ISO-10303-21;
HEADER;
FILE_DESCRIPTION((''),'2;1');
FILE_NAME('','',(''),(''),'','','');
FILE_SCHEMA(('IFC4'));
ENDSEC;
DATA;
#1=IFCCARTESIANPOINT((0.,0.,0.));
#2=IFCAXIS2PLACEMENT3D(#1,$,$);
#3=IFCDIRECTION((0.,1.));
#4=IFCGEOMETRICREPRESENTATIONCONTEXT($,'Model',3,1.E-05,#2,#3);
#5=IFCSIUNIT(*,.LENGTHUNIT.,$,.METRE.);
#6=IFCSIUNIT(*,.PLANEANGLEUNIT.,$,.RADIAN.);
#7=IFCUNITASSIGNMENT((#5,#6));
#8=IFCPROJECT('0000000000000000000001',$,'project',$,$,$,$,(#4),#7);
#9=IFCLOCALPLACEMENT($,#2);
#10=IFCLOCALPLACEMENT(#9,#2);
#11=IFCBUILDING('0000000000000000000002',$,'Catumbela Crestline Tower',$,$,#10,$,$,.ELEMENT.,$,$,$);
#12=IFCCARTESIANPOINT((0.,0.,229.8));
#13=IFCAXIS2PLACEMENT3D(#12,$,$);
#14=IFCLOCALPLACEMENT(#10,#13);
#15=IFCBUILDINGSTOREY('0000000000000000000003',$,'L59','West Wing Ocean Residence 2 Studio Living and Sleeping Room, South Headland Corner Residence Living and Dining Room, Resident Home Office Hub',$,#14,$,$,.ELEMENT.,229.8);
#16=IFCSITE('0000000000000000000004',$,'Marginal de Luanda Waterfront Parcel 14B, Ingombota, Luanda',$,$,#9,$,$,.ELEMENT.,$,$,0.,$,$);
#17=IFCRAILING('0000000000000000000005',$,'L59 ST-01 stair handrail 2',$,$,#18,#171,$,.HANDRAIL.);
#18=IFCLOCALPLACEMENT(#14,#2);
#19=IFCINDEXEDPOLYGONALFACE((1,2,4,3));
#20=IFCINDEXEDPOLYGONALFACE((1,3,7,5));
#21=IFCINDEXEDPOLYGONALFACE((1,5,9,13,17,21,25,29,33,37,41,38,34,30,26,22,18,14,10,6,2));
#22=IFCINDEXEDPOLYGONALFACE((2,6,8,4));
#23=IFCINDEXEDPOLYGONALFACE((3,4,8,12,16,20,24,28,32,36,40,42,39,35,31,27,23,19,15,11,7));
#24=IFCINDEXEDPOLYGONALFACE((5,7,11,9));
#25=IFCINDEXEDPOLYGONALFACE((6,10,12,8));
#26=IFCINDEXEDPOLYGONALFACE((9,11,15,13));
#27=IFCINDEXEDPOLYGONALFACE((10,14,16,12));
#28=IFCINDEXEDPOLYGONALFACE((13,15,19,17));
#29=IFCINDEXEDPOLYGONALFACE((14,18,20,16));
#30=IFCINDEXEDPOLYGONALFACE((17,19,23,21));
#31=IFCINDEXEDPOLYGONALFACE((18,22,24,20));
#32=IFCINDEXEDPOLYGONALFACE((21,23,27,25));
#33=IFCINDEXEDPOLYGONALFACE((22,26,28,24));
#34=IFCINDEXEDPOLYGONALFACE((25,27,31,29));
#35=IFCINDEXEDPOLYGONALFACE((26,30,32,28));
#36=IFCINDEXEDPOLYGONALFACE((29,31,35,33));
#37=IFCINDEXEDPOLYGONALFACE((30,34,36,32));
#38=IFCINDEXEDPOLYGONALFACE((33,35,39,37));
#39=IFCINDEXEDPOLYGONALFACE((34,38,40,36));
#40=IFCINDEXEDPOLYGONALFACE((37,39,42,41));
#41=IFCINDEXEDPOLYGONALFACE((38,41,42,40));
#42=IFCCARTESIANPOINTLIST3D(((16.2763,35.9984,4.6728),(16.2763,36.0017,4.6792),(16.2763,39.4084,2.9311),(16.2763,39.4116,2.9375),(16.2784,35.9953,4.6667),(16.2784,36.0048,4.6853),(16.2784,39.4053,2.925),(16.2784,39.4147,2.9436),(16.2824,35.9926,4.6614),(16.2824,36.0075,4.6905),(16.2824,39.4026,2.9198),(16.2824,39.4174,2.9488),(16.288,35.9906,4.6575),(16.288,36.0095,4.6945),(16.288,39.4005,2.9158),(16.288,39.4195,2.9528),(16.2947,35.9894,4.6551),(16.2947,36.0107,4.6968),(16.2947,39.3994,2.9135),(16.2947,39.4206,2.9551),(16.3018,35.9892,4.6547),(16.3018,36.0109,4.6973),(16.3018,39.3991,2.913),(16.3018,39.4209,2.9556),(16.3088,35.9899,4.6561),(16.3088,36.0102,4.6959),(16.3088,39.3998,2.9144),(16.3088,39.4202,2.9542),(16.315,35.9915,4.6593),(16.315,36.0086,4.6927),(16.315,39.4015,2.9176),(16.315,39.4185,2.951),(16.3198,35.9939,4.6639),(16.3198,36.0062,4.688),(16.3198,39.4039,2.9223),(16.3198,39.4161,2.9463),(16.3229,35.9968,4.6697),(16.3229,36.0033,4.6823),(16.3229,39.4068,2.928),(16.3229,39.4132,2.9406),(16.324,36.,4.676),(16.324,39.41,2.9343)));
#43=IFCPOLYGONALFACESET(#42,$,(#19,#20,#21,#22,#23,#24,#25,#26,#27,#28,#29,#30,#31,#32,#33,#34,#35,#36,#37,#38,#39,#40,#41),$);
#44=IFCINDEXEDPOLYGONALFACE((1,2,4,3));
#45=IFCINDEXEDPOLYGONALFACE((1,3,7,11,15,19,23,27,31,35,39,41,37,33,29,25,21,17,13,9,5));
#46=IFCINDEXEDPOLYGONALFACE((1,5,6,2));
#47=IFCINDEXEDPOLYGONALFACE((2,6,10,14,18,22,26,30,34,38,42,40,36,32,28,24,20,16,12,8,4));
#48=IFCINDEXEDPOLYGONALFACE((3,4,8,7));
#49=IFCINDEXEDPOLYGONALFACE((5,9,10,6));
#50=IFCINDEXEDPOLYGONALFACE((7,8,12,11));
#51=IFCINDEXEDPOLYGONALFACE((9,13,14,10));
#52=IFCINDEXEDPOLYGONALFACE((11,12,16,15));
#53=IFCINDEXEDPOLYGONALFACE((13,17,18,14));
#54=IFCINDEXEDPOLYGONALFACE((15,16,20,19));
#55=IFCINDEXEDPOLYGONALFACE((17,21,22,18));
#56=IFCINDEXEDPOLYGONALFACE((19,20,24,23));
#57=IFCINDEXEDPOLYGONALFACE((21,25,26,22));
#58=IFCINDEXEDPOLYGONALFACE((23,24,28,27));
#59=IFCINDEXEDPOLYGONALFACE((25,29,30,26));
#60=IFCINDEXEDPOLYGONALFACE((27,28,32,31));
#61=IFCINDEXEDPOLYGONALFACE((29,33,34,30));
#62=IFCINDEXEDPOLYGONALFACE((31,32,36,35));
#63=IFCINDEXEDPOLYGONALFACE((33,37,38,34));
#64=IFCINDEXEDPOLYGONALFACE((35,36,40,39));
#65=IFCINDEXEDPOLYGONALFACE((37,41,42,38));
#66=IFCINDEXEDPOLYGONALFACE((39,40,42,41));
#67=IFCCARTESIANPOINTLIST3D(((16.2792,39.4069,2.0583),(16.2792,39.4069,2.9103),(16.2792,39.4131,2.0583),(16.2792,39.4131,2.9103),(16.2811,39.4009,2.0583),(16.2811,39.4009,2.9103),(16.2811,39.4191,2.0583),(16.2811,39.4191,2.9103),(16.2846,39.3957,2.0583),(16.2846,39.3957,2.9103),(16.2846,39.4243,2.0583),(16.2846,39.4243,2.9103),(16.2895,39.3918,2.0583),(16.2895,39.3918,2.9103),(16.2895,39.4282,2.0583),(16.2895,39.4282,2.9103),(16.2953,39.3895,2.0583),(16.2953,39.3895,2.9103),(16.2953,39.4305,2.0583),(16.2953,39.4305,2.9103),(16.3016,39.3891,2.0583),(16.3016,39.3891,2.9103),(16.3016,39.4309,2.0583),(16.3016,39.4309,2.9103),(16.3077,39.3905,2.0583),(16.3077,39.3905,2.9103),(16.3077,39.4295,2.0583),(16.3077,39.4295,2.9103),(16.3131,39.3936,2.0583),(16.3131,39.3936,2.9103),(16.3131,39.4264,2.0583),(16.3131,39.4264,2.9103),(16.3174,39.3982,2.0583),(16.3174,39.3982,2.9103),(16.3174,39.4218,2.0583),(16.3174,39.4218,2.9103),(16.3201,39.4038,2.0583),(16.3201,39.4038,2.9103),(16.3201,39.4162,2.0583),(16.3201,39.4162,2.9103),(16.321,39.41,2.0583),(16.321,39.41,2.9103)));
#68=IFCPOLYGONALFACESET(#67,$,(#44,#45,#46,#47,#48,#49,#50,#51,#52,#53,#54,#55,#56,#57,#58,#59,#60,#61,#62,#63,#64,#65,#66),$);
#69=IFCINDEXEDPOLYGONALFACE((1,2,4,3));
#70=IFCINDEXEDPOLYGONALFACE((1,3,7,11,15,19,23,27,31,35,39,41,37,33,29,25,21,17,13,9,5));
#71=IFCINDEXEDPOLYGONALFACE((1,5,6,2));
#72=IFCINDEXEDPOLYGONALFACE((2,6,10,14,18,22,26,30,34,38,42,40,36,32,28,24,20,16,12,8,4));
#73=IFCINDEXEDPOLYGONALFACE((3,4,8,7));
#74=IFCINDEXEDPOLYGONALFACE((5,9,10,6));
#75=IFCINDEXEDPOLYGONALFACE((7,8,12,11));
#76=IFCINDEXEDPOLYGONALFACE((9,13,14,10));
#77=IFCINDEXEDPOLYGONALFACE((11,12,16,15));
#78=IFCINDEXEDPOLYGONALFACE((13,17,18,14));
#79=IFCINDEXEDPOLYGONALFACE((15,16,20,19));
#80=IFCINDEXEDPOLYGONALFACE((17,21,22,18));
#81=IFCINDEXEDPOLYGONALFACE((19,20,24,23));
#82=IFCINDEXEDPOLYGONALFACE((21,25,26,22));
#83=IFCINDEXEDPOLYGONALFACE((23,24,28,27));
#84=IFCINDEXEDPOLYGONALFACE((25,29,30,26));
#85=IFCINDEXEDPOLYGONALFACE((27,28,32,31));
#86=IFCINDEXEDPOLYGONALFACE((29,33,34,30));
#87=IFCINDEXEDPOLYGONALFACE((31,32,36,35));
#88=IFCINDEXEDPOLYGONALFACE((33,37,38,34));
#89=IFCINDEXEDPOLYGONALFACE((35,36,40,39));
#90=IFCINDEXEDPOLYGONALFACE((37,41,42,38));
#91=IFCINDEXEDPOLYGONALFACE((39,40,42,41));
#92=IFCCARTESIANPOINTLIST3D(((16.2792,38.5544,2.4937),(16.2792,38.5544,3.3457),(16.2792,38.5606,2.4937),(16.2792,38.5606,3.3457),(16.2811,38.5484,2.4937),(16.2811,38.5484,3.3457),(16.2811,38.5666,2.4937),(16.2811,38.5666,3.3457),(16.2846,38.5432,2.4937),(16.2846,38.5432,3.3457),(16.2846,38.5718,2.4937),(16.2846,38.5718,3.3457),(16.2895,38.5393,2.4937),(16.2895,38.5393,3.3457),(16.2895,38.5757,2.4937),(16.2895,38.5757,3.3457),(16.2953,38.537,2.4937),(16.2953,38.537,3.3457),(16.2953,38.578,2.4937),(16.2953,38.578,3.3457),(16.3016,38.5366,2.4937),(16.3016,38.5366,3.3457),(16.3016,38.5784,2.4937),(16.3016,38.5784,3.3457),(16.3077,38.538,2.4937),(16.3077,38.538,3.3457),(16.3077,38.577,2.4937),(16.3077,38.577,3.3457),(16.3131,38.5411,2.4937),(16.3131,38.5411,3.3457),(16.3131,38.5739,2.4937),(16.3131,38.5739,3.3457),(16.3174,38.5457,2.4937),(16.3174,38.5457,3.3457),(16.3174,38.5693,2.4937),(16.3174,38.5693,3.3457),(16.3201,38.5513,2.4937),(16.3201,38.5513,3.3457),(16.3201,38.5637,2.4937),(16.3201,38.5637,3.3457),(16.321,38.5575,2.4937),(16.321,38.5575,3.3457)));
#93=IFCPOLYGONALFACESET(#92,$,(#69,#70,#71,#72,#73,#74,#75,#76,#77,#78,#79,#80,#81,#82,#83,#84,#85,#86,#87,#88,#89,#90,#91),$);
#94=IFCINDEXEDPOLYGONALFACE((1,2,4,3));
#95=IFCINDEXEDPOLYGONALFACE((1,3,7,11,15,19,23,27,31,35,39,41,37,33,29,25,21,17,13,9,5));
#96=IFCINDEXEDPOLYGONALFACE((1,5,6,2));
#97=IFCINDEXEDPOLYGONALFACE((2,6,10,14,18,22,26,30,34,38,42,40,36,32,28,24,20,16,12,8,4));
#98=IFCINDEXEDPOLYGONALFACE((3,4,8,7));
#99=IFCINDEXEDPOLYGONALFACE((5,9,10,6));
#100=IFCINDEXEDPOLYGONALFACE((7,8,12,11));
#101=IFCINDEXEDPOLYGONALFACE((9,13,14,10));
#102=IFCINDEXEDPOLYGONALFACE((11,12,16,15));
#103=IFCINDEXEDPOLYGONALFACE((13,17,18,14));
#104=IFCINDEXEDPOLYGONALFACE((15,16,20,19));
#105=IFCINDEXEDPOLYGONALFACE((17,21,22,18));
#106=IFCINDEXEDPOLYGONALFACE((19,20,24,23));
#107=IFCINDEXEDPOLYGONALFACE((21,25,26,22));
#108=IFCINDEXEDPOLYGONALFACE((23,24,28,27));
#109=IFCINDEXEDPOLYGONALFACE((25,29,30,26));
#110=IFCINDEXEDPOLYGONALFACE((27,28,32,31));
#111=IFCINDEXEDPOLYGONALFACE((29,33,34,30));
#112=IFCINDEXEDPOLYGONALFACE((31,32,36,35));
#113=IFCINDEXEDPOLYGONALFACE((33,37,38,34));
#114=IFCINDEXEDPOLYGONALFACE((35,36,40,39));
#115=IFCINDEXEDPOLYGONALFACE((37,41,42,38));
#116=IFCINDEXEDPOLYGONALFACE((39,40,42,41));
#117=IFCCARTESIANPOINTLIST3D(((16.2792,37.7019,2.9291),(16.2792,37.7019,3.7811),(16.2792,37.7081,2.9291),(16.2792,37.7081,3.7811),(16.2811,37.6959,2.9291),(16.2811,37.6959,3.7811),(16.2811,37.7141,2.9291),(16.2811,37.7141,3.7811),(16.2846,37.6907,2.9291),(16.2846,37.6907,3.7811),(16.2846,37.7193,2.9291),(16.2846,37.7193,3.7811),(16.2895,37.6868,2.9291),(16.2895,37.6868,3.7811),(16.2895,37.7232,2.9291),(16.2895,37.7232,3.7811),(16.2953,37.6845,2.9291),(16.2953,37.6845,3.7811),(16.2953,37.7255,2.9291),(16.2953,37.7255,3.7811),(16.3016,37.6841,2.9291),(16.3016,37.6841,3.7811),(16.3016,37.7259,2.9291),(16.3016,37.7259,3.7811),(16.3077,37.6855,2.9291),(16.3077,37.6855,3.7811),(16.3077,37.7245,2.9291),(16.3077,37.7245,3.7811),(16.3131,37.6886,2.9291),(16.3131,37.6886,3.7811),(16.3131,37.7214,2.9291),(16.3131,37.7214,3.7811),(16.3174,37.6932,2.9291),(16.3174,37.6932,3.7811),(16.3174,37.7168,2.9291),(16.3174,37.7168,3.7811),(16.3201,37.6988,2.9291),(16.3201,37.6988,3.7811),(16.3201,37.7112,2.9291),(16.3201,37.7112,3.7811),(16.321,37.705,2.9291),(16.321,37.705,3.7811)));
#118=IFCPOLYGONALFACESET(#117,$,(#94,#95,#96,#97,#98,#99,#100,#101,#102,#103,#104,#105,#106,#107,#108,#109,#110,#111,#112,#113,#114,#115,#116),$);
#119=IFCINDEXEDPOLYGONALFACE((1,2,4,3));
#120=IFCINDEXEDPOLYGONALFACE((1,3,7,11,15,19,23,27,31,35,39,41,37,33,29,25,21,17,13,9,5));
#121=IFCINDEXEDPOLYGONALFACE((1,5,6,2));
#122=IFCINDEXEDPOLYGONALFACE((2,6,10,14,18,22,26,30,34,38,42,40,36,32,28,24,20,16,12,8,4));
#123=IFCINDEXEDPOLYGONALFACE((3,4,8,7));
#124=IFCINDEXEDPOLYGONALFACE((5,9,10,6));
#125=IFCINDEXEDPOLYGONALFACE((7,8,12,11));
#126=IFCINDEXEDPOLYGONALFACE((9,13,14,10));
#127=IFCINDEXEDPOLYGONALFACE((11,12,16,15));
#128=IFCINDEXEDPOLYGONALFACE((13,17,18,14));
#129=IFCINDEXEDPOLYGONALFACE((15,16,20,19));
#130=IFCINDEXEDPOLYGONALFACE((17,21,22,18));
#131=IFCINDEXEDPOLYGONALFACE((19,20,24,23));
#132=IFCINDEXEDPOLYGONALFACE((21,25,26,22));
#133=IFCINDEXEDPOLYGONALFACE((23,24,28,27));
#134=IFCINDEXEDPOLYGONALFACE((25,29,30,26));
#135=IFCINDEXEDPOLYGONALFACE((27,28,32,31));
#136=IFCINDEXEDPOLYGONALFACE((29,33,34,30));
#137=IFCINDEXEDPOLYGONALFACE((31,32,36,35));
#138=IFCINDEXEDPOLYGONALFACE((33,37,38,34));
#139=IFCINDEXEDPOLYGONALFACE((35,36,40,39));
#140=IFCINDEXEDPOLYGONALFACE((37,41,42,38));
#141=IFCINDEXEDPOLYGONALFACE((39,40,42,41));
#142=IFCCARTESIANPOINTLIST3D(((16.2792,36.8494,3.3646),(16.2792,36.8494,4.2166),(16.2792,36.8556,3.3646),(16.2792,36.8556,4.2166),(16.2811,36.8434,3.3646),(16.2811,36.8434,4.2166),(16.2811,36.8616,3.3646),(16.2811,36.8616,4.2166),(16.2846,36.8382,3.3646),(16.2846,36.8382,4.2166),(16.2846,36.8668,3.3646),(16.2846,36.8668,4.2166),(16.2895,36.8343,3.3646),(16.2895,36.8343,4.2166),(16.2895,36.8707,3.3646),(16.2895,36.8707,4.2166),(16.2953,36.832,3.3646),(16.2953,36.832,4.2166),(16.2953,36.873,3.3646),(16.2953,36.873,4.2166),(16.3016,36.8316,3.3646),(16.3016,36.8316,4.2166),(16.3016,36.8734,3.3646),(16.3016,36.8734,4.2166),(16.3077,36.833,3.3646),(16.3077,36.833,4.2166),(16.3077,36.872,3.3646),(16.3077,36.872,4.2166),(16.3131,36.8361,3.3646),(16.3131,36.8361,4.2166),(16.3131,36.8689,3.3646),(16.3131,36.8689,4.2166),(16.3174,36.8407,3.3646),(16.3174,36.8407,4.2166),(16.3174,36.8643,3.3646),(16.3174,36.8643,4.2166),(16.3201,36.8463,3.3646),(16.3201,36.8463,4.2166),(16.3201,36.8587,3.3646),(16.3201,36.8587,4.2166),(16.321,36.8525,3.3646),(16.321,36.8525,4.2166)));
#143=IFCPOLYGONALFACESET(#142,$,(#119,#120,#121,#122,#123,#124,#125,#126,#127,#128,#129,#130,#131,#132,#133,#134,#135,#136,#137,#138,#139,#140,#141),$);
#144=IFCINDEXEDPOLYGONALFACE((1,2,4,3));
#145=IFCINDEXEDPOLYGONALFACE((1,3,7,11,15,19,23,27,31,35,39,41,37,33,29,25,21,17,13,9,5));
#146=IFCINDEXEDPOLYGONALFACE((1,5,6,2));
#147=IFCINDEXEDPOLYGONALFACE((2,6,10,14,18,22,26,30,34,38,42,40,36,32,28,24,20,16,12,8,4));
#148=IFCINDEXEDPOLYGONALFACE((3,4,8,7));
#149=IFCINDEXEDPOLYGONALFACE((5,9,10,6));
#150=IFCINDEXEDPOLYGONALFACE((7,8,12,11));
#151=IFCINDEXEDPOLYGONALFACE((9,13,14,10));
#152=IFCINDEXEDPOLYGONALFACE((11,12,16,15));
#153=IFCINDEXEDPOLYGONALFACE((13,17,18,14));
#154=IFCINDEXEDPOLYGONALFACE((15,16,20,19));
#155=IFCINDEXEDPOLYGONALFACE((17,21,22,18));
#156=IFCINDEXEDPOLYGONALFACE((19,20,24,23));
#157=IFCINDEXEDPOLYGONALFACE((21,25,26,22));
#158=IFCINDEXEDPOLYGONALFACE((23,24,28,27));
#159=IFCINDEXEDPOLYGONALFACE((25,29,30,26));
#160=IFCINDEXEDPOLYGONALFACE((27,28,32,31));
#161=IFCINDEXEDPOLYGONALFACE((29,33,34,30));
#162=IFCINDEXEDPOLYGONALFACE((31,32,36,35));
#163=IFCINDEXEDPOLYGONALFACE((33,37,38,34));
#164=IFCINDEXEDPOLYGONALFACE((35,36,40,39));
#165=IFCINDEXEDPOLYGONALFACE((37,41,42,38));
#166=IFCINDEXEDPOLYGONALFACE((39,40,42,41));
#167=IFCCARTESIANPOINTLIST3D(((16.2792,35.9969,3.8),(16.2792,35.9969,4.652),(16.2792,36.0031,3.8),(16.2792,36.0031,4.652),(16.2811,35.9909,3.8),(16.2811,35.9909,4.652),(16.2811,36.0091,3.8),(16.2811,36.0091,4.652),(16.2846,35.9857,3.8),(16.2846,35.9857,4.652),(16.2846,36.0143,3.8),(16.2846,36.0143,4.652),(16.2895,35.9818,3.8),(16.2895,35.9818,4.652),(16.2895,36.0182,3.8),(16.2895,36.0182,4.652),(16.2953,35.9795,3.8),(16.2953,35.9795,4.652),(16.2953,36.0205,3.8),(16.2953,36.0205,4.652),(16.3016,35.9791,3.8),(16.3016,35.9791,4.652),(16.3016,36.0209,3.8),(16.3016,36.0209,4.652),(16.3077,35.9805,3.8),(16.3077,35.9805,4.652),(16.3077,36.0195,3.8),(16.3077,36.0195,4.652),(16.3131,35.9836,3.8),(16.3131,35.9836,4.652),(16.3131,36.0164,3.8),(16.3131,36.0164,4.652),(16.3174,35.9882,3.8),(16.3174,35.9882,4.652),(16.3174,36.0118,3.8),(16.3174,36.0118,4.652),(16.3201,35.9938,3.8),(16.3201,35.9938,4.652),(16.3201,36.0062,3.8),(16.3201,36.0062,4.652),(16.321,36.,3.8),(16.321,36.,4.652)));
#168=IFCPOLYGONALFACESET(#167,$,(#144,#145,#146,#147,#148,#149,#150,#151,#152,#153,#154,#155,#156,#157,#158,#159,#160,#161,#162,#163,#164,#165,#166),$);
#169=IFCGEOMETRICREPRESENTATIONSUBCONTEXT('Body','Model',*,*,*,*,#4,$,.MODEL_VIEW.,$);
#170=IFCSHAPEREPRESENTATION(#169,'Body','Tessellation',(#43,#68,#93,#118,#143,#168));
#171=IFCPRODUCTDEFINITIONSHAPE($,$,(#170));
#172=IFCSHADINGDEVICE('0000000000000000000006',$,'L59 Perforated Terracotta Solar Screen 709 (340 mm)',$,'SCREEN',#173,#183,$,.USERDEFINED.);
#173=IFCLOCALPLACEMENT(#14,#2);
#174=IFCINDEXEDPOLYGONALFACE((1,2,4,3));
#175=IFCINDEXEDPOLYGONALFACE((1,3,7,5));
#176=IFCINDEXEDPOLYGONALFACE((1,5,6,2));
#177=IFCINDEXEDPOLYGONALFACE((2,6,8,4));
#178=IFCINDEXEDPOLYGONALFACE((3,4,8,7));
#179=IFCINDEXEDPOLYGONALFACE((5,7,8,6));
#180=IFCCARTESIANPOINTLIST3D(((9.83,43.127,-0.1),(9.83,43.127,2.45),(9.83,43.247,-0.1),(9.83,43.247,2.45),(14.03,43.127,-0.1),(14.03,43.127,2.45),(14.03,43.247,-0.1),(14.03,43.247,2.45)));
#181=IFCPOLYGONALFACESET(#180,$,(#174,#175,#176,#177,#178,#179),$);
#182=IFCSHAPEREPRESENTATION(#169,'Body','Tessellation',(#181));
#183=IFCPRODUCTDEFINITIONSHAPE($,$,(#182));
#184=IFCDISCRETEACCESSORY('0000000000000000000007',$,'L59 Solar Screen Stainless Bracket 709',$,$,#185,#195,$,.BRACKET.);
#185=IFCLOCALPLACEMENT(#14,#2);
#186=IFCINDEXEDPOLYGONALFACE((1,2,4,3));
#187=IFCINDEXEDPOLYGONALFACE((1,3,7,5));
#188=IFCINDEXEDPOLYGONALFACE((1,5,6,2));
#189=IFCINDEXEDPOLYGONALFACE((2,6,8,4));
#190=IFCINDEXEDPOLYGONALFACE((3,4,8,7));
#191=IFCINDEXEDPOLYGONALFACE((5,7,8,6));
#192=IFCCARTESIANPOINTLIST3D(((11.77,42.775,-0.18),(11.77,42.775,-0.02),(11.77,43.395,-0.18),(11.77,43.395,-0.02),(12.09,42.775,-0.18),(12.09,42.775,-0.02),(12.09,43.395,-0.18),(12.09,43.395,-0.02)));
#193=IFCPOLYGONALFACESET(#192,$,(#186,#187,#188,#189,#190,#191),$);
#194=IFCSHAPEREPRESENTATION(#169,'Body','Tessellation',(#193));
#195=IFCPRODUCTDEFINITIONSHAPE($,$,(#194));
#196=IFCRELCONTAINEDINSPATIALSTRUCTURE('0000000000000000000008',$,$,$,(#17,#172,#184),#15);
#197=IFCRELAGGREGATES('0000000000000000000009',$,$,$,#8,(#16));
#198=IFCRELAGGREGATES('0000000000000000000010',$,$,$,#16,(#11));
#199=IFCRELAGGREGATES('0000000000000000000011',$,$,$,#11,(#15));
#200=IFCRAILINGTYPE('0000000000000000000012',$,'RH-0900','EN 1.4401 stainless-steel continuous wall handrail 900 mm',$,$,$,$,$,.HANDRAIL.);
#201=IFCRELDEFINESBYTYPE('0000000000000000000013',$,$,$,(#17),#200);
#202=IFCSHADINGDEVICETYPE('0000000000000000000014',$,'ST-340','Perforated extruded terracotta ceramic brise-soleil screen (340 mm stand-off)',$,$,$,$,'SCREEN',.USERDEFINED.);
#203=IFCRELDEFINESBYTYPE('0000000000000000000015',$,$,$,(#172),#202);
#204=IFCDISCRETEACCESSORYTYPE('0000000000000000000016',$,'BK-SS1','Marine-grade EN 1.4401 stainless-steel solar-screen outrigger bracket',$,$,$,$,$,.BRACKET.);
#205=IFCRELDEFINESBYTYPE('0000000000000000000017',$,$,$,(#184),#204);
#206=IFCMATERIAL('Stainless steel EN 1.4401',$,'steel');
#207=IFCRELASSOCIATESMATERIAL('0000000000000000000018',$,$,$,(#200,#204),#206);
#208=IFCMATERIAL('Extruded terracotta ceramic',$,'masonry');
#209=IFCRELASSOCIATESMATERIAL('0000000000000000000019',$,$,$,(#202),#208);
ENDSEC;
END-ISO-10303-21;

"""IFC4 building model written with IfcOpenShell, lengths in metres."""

from ifc_helpers import new_model, si_unit, direction, frame, origin, origin_2d, place, context, subcontext, project, spatial, rectangle, circle, extrude, material, type_object, element, save


model = new_model("IFC4")

# Units and contexts
model_context = context("Model", 3, precision=1e-05, world=origin(), true_north=direction((0.0, 1.0)))
body_context = subcontext(model_context, "Body", "Model", "MODEL_VIEW")
ifc_project = project(units=[si_unit("LENGTHUNIT", "METRE"), si_unit("PLANEANGLEUNIT", "RADIAN")], contexts=[model_context])

# Site, building, storey
site_placement = place(None, origin())
site = spatial("IfcSite", under=ifc_project, at=site_placement, Name="Marginal de Luanda Waterfront Parcel 14B, Ingombota, Luanda", CompositionType="ELEMENT", RefElevation=0.0)
building_placement = place(site_placement, origin())
building = spatial("IfcBuilding", under=site, at=building_placement, Name="Catumbela Crestline Tower", CompositionType="ELEMENT")
storey_placement = place(building_placement, frame((0.0, 0.0, 229.8)))
storey = spatial("IfcBuildingStorey", under=building, at=storey_placement, Name="L59", Description="West Wing Ocean Residence 2 Studio Living and Sleeping Room, South Headland Corner Residence Living and Dining Room, Resident Home Office Hub", CompositionType="ELEMENT", Elevation=229.8)

# Shared definitions
ifc_material_1 = material(Name="Stainless steel EN 1.4401", Category="steel")

# Railing
railing_type_1 = type_object("IfcRailingType", Name="RH-0900", Description="EN 1.4401 stainless-steel continuous wall handrail 900 mm", PredefinedType="HANDRAIL", material=ifc_material_1)
railing_1_placement = place(storey_placement, frame((16.3, 39.41, 2.0583)))
element("IfcRailing", 1, at=railing_1_placement, inside=storey, type_object=railing_type_1, Name="L59 ST-01 stair handrail 2", PredefinedType="HANDRAIL", context=body_context, shape_type="SweptSolid", body=[
    extrude(circle(Radius=0.024, at=origin_2d()), frame((0.0, 0.0, 0.876), z_axis=(0.0, -0.89056, 0.454865), x_axis=(1.0, 0.0, 0.0)), (0.0, 0.0, 1.0), 3.829),
    extrude(circle(Radius=0.021, at=origin_2d()), origin(), (0.0, 0.0, 1.0), 0.852),
    extrude(circle(Radius=0.021, at=origin_2d()), frame((0.0, -0.8525, 0.4354)), (0.0, 0.0, 1.0), 0.852),
    extrude(circle(Radius=0.021, at=origin_2d()), frame((0.0, -1.705, 0.8708)), (0.0, 0.0, 1.0), 0.852),
    extrude(circle(Radius=0.021, at=origin_2d()), frame((0.0, -2.5575, 1.3063)), (0.0, 0.0, 1.0), 0.852),
    extrude(circle(Radius=0.021, at=origin_2d()), frame((0.0, -3.41, 1.7417)), (0.0, 0.0, 1.0), 0.852),
])

# Shading device
ifc_material_2 = material(Name="Extruded terracotta ceramic", Category="masonry")
shading_device_type = type_object("IfcShadingDeviceType", Name="ST-340", Description="Perforated extruded terracotta ceramic brise-soleil screen (340 mm stand-off)", ElementType="SCREEN", PredefinedType="USERDEFINED", material=ifc_material_2)
shading_device_placement = place(storey_placement, frame((11.93, 43.187, -0.1), z_axis=(0.0, 0.0, 1.0), x_axis=(-1.0, 0.0, 0.0)))
element("IfcShadingDevice", 2, at=shading_device_placement, inside=storey, type_object=shading_device_type, Name="L59 Perforated Terracotta Solar Screen 709 (340 mm)", ObjectType="SCREEN", PredefinedType="USERDEFINED", context=body_context, shape_type="SweptSolid", body=[
    extrude(rectangle(XDim=4.2, YDim=0.12, at=origin_2d()), origin(), (0.0, 0.0, 1.0), 2.55),
])

# Discrete accessory
discrete_accessory_type = type_object("IfcDiscreteAccessoryType", Name="BK-SS1", Description="Marine-grade EN 1.4401 stainless-steel solar-screen outrigger bracket", PredefinedType="BRACKET", material=ifc_material_1)
discrete_accessory_placement = place(storey_placement, frame((11.93, 43.085, -0.18), z_axis=(0.0, 0.0, 1.0), x_axis=(-1.0, 0.0, 0.0)))
element("IfcDiscreteAccessory", 3, at=discrete_accessory_placement, inside=storey, type_object=discrete_accessory_type, Name="L59 Solar Screen Stainless Bracket 709", PredefinedType="BRACKET", context=body_context, shape_type="SweptSolid", body=[
    extrude(rectangle(XDim=0.32, YDim=0.62, at=origin_2d()), origin(), (0.0, 0.0, 1.0), 0.16),
])

save(model, "model.ifc")
